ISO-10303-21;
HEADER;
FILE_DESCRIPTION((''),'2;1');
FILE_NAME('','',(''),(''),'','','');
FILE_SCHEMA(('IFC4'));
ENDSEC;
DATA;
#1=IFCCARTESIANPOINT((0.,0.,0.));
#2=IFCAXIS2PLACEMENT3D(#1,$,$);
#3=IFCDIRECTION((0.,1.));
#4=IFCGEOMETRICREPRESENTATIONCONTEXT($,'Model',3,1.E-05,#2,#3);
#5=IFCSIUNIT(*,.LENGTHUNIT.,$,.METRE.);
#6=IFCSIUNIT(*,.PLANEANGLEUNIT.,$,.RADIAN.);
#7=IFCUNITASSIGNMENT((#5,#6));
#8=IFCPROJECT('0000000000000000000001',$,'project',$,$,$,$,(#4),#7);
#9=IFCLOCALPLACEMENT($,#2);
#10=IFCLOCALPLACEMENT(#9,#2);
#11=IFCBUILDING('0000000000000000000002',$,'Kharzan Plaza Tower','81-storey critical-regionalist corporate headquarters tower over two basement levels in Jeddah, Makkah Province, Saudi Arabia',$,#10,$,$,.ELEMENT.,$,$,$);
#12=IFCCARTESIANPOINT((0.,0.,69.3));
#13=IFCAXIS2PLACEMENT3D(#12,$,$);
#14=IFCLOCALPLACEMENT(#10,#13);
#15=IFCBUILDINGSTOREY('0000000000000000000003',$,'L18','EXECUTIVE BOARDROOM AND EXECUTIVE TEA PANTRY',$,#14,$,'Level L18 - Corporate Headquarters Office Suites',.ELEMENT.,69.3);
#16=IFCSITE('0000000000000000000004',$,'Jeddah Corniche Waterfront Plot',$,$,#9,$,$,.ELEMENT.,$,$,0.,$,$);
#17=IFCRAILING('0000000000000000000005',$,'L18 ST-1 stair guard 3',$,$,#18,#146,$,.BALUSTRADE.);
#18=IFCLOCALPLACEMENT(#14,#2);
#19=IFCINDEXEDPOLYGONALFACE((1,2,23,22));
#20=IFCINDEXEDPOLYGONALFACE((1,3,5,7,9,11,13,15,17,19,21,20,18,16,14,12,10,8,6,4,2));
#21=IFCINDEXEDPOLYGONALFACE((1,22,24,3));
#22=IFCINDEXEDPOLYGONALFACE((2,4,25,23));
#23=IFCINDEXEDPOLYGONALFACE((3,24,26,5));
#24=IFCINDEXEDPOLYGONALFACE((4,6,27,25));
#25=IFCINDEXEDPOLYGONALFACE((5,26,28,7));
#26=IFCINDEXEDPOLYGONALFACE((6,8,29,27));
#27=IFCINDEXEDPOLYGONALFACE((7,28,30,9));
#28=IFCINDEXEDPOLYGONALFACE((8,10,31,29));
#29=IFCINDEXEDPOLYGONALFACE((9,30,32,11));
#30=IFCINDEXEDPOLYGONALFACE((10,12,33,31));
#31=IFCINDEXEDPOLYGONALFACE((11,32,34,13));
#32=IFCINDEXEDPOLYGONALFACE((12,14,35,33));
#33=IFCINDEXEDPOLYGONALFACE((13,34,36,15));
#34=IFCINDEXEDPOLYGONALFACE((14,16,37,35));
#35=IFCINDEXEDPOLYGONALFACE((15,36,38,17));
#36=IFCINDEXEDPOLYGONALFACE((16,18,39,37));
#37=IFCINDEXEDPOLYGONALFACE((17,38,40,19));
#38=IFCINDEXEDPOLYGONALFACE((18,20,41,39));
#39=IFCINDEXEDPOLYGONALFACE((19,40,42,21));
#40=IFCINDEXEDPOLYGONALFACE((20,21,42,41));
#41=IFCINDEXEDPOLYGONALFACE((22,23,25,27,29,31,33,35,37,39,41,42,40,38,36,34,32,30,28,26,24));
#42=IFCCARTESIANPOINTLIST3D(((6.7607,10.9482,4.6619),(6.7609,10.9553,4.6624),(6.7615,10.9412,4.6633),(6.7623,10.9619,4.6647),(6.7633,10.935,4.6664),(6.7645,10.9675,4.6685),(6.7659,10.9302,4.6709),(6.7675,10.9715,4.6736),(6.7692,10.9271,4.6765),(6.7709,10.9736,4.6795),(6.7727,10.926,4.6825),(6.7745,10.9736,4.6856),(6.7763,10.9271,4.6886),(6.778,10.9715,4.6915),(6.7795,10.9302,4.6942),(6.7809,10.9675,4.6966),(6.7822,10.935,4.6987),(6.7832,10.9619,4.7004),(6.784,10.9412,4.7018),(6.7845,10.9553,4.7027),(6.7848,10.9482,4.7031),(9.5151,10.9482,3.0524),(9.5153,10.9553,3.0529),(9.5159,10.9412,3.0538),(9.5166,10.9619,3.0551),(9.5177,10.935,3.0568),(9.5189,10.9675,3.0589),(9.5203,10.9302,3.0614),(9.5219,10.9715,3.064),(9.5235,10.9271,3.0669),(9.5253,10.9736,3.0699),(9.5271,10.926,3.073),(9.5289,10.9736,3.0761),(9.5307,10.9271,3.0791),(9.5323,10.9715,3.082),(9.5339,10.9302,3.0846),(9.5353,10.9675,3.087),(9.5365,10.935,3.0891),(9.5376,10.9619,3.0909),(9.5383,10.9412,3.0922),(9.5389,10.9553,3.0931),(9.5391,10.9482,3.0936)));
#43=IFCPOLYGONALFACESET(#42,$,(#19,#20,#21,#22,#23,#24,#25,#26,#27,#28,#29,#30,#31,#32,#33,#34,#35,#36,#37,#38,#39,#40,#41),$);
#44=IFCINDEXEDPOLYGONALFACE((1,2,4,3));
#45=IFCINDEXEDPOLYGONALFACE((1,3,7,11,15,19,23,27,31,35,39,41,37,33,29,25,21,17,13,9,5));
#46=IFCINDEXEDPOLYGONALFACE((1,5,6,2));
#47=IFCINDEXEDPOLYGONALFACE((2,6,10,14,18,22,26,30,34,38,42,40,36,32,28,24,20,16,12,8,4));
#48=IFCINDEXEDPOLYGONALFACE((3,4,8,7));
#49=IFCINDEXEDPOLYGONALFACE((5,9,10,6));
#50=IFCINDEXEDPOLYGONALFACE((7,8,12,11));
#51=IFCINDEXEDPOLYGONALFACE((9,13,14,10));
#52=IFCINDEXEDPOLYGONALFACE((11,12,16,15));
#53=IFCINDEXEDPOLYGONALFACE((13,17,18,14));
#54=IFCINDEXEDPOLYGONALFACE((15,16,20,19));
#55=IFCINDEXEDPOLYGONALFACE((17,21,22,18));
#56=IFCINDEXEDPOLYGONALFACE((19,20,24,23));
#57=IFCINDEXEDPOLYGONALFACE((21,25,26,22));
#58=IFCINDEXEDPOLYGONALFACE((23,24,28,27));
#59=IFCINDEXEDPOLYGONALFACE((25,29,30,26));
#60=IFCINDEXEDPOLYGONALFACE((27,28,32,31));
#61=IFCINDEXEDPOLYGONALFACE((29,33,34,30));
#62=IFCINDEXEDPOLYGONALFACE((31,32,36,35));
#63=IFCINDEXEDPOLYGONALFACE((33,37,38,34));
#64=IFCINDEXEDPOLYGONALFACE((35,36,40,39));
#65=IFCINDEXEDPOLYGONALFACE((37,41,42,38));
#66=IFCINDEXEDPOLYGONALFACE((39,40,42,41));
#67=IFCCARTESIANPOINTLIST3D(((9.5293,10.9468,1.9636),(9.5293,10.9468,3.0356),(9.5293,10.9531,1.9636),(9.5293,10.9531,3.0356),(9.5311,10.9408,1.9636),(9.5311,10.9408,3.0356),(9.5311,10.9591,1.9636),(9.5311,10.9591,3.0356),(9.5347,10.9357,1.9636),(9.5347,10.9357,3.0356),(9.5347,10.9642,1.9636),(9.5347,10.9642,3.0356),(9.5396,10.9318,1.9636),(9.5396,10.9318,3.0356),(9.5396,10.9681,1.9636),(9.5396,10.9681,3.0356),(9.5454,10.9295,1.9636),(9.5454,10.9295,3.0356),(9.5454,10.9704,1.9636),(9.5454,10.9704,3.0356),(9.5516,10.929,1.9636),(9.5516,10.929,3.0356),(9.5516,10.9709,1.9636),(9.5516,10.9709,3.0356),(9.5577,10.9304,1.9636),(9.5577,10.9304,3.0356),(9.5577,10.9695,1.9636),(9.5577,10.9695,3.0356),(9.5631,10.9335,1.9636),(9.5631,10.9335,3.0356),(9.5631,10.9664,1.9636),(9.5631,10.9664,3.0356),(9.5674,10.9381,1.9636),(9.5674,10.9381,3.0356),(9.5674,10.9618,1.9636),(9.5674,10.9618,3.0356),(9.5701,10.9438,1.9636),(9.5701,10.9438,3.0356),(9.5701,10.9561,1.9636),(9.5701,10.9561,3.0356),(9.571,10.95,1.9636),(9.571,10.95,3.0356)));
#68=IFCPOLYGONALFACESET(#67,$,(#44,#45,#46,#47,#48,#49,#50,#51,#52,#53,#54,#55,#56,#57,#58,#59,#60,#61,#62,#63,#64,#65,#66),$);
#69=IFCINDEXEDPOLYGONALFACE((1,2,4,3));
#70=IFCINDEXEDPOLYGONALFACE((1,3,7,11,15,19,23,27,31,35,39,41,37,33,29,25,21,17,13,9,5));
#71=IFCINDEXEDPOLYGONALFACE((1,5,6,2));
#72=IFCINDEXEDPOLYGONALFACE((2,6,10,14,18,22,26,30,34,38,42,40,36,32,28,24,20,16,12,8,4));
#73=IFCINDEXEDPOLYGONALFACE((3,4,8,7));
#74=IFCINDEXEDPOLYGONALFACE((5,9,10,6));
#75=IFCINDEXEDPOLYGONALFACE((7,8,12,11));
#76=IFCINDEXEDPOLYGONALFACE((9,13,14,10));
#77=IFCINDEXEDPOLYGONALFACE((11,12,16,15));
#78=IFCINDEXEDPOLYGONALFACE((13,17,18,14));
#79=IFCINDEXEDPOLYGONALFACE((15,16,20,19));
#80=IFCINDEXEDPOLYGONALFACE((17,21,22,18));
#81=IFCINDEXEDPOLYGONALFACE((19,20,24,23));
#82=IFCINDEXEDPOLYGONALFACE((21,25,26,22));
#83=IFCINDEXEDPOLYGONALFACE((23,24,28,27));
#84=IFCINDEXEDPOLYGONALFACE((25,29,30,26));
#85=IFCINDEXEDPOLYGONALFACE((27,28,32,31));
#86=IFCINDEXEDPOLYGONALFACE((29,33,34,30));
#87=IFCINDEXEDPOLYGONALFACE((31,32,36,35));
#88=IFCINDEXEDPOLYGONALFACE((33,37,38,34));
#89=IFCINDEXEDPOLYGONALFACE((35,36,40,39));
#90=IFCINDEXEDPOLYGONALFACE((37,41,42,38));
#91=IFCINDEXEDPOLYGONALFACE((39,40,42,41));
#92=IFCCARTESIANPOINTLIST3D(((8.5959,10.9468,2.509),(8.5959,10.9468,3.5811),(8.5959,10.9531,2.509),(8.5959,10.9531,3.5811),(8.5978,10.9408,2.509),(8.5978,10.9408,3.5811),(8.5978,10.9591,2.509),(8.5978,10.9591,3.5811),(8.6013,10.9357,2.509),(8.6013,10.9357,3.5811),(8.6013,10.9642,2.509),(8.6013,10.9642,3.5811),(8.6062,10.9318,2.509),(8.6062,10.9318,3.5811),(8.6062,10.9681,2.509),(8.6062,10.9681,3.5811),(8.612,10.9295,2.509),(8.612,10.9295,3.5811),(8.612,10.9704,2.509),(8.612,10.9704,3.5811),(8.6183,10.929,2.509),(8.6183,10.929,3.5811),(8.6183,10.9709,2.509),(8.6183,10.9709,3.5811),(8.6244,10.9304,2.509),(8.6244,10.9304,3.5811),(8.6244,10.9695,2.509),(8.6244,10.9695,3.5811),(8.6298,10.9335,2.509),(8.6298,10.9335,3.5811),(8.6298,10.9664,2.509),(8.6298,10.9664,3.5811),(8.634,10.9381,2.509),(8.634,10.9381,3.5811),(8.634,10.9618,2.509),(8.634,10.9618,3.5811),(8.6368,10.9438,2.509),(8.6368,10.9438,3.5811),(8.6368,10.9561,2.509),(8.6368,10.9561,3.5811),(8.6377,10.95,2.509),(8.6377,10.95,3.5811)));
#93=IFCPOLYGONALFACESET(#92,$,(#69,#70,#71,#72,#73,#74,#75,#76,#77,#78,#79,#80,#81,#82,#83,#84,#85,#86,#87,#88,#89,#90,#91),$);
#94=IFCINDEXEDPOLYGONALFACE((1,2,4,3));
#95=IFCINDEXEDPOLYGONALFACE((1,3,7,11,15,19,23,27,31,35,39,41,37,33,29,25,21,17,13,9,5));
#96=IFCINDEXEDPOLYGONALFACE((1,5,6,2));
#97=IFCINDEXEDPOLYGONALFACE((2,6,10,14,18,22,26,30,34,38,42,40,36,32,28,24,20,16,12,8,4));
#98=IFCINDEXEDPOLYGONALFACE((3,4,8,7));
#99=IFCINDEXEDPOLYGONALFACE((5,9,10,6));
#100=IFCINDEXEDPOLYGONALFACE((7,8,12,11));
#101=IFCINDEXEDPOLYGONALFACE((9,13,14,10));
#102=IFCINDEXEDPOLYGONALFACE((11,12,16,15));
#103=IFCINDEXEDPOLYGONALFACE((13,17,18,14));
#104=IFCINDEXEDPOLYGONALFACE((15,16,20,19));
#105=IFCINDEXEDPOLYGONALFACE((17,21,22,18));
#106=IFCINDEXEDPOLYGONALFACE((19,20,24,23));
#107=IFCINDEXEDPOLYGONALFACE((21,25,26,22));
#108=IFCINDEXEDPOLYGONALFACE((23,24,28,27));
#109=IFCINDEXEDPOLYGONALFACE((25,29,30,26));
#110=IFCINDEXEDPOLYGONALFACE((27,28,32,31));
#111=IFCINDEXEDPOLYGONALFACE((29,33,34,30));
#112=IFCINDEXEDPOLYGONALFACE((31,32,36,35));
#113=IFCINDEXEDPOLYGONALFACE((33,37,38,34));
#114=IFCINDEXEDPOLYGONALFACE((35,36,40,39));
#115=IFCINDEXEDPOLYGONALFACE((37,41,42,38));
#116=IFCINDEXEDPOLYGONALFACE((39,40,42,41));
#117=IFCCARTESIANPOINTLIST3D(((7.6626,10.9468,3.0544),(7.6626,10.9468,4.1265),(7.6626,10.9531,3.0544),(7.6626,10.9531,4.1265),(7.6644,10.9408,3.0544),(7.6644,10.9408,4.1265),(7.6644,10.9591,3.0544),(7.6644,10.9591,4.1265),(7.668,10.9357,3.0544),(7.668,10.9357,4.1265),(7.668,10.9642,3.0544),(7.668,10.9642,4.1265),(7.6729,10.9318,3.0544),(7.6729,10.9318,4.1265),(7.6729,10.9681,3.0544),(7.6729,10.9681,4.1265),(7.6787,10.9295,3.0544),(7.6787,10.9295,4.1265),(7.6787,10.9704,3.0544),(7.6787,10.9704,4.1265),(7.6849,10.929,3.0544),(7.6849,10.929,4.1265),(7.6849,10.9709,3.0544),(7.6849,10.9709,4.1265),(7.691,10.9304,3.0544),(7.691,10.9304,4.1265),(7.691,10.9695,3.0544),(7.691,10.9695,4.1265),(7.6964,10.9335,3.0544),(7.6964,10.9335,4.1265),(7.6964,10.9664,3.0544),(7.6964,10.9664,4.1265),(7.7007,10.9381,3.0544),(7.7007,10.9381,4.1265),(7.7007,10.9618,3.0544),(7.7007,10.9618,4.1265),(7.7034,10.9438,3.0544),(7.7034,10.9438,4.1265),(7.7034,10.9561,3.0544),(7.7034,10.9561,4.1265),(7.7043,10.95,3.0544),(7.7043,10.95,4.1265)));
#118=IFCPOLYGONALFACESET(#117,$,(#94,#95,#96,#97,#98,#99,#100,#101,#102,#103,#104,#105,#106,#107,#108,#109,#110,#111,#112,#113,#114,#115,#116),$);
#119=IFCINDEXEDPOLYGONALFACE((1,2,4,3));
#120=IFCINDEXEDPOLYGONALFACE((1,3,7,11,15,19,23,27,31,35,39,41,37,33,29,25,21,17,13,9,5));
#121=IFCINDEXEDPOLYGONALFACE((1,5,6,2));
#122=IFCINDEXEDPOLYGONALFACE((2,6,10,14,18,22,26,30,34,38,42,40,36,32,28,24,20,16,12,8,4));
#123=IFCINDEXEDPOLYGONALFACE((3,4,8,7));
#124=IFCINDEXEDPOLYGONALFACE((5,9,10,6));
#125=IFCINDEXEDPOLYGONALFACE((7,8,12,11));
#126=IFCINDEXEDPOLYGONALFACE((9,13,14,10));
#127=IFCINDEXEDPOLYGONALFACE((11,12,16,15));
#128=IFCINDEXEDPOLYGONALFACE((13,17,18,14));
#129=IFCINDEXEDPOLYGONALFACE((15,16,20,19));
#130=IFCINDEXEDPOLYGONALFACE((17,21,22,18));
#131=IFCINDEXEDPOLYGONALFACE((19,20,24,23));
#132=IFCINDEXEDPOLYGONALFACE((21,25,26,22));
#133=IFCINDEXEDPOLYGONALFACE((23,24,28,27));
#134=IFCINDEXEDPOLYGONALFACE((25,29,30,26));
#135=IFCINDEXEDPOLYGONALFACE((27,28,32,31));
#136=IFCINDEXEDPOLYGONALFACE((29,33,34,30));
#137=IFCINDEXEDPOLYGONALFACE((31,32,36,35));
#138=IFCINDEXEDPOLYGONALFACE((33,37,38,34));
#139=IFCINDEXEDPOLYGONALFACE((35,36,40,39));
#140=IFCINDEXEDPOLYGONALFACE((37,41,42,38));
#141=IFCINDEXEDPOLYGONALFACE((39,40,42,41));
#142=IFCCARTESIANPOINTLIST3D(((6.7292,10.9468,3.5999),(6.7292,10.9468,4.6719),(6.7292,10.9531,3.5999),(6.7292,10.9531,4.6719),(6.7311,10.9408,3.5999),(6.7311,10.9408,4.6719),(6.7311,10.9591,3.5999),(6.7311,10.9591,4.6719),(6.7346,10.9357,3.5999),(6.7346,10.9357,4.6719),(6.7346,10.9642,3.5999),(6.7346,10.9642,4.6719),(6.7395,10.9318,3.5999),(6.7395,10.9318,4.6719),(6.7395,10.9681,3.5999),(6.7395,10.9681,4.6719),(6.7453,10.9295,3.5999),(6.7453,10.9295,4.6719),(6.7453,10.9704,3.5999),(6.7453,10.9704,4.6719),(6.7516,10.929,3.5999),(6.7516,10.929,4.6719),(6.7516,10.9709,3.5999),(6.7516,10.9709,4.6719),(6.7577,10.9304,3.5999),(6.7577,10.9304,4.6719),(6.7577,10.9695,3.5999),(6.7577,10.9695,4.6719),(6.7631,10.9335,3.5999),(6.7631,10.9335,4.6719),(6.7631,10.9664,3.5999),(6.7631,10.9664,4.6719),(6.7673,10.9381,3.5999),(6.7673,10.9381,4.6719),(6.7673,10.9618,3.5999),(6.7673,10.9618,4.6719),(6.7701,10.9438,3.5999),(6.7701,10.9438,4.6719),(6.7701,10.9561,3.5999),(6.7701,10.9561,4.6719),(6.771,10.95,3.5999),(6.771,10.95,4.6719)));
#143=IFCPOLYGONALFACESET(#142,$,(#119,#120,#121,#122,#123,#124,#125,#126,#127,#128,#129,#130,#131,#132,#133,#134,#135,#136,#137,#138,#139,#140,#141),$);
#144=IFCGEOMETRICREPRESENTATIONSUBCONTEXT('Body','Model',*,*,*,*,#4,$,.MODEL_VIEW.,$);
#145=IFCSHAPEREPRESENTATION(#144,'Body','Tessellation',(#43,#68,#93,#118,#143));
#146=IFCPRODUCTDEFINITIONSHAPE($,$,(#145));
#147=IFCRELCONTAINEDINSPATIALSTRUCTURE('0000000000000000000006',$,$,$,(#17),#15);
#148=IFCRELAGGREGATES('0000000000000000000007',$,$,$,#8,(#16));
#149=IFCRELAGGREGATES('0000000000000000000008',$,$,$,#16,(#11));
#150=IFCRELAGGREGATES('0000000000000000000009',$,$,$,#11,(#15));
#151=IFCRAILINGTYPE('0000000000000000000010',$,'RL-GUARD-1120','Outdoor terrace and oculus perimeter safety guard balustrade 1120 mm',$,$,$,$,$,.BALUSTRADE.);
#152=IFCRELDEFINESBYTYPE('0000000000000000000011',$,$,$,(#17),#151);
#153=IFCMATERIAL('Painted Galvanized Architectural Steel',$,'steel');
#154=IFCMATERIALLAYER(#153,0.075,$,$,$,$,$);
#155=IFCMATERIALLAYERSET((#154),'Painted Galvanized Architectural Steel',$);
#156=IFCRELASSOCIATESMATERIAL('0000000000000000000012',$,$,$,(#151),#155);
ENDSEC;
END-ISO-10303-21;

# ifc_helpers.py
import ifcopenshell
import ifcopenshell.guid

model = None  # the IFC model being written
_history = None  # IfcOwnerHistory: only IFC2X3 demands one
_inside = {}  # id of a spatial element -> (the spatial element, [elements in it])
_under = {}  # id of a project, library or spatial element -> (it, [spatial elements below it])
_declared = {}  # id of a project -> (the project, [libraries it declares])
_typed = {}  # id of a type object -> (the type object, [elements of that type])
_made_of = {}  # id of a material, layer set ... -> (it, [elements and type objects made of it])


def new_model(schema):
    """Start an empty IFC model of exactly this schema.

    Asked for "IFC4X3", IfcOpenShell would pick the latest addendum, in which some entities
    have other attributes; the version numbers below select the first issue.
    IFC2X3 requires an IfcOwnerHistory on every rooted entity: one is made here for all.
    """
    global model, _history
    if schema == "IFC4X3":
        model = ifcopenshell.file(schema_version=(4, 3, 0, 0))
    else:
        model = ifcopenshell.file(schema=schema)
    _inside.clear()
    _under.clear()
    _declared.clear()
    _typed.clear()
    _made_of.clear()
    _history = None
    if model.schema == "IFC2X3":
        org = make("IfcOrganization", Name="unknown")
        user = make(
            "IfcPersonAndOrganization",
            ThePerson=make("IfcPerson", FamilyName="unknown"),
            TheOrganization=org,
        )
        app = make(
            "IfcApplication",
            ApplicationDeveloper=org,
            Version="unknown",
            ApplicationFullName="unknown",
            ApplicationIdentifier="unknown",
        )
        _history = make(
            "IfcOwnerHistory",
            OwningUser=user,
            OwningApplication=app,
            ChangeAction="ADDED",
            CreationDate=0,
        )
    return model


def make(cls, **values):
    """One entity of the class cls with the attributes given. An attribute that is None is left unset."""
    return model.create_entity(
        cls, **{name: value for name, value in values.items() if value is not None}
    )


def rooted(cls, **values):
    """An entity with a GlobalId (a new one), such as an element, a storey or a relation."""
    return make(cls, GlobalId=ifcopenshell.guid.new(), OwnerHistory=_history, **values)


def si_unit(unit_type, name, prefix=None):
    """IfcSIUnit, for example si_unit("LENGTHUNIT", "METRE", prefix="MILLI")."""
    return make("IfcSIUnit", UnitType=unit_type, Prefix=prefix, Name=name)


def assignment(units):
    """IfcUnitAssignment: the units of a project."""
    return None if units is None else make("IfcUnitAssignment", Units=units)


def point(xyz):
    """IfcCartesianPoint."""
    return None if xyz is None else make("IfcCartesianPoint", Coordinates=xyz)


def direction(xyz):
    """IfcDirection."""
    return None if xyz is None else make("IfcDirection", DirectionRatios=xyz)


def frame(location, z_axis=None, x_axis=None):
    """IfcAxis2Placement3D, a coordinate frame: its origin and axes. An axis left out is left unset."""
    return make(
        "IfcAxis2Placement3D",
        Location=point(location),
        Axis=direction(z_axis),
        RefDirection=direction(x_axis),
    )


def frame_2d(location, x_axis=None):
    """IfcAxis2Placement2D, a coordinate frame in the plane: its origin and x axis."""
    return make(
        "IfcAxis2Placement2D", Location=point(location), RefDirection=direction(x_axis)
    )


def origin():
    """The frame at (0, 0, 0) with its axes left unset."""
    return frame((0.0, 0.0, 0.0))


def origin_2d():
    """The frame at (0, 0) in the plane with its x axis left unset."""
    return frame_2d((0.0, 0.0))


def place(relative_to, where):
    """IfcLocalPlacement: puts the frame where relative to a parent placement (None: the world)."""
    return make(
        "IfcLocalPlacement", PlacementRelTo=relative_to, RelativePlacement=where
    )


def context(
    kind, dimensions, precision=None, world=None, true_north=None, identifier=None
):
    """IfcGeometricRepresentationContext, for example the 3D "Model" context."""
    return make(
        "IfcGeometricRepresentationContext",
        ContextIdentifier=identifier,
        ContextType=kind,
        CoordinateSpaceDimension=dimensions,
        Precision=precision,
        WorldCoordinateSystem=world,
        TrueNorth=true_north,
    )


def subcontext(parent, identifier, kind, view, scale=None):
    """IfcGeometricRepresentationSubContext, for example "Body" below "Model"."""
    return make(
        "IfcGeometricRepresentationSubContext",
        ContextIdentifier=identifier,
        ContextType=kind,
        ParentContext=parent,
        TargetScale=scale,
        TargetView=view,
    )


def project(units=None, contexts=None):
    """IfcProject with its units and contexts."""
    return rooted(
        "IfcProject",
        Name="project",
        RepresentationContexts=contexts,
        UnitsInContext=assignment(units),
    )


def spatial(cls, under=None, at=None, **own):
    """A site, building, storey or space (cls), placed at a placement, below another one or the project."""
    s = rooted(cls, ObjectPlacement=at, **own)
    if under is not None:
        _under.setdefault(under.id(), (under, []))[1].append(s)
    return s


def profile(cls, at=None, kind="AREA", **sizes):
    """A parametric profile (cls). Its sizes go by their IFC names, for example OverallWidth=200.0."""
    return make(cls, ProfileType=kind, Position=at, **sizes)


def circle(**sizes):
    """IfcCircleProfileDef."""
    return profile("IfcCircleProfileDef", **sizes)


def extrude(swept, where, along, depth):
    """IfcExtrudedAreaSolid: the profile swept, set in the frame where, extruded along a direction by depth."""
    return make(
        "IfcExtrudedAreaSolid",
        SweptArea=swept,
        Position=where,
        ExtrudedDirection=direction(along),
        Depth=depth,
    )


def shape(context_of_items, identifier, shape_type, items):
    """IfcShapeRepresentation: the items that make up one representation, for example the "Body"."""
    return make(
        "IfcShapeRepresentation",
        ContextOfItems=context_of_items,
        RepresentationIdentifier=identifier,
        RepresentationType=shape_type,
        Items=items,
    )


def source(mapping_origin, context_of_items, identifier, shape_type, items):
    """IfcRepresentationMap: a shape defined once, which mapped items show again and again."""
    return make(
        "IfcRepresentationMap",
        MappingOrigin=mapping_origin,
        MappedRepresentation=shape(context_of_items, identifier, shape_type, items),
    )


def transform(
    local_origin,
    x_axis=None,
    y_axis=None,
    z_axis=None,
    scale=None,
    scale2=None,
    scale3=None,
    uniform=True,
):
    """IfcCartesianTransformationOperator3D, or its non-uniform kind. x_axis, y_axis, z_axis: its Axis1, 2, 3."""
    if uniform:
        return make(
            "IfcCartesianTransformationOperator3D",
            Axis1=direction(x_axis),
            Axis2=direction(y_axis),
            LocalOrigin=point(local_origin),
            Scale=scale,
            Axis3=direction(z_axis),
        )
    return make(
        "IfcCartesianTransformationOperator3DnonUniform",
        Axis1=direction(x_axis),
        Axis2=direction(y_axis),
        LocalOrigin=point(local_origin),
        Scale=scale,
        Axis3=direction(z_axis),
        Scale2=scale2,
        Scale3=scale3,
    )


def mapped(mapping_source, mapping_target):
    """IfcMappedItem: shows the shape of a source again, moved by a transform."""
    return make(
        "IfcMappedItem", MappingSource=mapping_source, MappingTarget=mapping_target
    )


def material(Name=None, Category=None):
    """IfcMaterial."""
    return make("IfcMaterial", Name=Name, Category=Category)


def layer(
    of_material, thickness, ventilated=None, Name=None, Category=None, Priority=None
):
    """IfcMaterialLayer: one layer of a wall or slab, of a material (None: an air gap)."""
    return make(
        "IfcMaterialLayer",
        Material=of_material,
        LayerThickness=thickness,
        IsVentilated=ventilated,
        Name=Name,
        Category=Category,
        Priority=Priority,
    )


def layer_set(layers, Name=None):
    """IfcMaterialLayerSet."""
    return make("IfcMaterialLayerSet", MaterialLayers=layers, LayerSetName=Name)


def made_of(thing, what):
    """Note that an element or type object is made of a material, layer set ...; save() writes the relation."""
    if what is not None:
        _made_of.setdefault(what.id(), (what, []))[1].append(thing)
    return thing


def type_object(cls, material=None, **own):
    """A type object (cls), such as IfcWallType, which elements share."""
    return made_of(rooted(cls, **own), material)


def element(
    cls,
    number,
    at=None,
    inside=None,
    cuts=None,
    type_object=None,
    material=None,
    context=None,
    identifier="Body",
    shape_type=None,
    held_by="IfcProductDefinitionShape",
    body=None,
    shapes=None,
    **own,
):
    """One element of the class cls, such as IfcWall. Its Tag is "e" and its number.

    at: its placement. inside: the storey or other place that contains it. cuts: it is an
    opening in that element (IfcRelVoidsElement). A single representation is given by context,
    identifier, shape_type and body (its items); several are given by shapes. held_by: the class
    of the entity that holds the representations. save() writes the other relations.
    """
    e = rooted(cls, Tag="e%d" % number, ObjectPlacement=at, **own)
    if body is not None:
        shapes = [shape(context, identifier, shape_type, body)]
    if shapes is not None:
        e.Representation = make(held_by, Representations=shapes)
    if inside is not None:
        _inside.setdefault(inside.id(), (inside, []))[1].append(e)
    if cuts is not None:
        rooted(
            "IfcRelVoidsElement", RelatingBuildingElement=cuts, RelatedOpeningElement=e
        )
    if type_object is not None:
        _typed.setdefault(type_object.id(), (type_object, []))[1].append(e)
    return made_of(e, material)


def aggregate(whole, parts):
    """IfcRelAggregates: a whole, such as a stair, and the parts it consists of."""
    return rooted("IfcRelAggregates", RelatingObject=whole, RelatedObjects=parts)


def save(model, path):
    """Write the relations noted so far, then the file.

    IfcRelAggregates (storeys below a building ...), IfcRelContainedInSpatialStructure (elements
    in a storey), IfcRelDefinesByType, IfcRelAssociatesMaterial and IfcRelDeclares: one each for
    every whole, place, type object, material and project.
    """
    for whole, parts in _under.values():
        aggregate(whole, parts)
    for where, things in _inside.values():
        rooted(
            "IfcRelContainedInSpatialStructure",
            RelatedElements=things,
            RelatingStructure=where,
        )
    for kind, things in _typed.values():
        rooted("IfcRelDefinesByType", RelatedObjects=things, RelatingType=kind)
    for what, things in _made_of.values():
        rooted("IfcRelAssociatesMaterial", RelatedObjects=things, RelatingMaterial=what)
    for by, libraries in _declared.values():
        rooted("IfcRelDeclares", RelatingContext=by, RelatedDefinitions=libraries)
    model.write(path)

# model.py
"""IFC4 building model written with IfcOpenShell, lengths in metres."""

from ifc_helpers import new_model, si_unit, direction, frame, origin, origin_2d, place, context, subcontext, project, spatial, circle, extrude, source, transform, mapped, material, layer, layer_set, type_object, element, save


model = new_model("IFC4")

# Units and contexts
model_context = context("Model", 3, precision=1e-05, world=origin(), true_north=direction((0.0, 1.0)))
body_context = subcontext(model_context, "Body", "Model", "MODEL_VIEW")
ifc_project = project(units=[si_unit("LENGTHUNIT", "METRE"), si_unit("PLANEANGLEUNIT", "RADIAN")], contexts=[model_context])

# Site, building, storey
site_placement = place(None, origin())
site = spatial("IfcSite", under=ifc_project, at=site_placement, Name="Jeddah Corniche Waterfront Plot", CompositionType="ELEMENT", RefElevation=0.0)
building_placement = place(site_placement, origin())
building = spatial("IfcBuilding", under=site, at=building_placement, Name="Kharzan Plaza Tower", Description="81-storey critical-regionalist corporate headquarters tower over two basement levels in Jeddah, Makkah Province, Saudi Arabia", CompositionType="ELEMENT")
storey_placement = place(building_placement, frame((0.0, 0.0, 69.3)))
storey = spatial("IfcBuildingStorey", under=building, at=storey_placement, Name="L18", Description="EXECUTIVE BOARDROOM AND EXECUTIVE TEA PANTRY", LongName="Level L18 - Corporate Headquarters Office Suites", CompositionType="ELEMENT", Elevation=69.3)

# Railing
ifc_material_1 = material(Name="Painted Galvanized Architectural Steel", Category="steel")
ifc_layer_1 = layer(ifc_material_1, 0.075)
ifc_layer_set_1 = layer_set([ifc_layer_1], Name="Painted Galvanized Architectural Steel")
railing_type_1 = type_object("IfcRailingType", Name="RL-GUARD-1120", Description="Outdoor terrace and oculus perimeter safety guard balustrade 1120 mm", PredefinedType="BALUSTRADE", material=ifc_layer_set_1)
shared_shape_1 = source(origin(), body_context, "Body", "SweptSolid", [
    extrude(circle(Radius=0.0239, at=origin_2d()), frame((-0.0229, 0.0, 1.1094), z_axis=(-0.863394, 0.0, 0.504531), x_axis=(0.0, -1.0, 0.0)), (0.0, 0.0, 1.0), 3.1902),
    extrude(circle(Radius=0.021, at=origin_2d()), origin(), (0.0, 0.0, 1.0), 1.072),
    extrude(circle(Radius=0.021, at=origin_2d()), frame((-0.9333, 0.0, 0.5454)), (0.0, 0.0, 1.0), 1.072),
    extrude(circle(Radius=0.021, at=origin_2d()), frame((-1.8667, 0.0, 1.0908)), (0.0, 0.0, 1.0), 1.072),
    extrude(circle(Radius=0.021, at=origin_2d()), frame((-2.8, 0.0, 1.6362)), (0.0, 0.0, 1.0), 1.072),
])
railing_1_placement = place(storey_placement, frame((9.55, 10.95, 1.9636)))
element("IfcRailing", 1, at=railing_1_placement, inside=storey, type_object=railing_type_1, Name="L18 ST-1 stair guard 3", PredefinedType="BALUSTRADE", context=body_context, shape_type="MappedRepresentation", body=[
    mapped(shared_shape_1, transform((0.0, 0.0, 0.0), x_axis=(1.0, 0.0, 0.0), y_axis=(0.0, 1.0, 0.0), z_axis=(0.0, 0.0, 1.0))),
])

save(model, "model.ifc")
